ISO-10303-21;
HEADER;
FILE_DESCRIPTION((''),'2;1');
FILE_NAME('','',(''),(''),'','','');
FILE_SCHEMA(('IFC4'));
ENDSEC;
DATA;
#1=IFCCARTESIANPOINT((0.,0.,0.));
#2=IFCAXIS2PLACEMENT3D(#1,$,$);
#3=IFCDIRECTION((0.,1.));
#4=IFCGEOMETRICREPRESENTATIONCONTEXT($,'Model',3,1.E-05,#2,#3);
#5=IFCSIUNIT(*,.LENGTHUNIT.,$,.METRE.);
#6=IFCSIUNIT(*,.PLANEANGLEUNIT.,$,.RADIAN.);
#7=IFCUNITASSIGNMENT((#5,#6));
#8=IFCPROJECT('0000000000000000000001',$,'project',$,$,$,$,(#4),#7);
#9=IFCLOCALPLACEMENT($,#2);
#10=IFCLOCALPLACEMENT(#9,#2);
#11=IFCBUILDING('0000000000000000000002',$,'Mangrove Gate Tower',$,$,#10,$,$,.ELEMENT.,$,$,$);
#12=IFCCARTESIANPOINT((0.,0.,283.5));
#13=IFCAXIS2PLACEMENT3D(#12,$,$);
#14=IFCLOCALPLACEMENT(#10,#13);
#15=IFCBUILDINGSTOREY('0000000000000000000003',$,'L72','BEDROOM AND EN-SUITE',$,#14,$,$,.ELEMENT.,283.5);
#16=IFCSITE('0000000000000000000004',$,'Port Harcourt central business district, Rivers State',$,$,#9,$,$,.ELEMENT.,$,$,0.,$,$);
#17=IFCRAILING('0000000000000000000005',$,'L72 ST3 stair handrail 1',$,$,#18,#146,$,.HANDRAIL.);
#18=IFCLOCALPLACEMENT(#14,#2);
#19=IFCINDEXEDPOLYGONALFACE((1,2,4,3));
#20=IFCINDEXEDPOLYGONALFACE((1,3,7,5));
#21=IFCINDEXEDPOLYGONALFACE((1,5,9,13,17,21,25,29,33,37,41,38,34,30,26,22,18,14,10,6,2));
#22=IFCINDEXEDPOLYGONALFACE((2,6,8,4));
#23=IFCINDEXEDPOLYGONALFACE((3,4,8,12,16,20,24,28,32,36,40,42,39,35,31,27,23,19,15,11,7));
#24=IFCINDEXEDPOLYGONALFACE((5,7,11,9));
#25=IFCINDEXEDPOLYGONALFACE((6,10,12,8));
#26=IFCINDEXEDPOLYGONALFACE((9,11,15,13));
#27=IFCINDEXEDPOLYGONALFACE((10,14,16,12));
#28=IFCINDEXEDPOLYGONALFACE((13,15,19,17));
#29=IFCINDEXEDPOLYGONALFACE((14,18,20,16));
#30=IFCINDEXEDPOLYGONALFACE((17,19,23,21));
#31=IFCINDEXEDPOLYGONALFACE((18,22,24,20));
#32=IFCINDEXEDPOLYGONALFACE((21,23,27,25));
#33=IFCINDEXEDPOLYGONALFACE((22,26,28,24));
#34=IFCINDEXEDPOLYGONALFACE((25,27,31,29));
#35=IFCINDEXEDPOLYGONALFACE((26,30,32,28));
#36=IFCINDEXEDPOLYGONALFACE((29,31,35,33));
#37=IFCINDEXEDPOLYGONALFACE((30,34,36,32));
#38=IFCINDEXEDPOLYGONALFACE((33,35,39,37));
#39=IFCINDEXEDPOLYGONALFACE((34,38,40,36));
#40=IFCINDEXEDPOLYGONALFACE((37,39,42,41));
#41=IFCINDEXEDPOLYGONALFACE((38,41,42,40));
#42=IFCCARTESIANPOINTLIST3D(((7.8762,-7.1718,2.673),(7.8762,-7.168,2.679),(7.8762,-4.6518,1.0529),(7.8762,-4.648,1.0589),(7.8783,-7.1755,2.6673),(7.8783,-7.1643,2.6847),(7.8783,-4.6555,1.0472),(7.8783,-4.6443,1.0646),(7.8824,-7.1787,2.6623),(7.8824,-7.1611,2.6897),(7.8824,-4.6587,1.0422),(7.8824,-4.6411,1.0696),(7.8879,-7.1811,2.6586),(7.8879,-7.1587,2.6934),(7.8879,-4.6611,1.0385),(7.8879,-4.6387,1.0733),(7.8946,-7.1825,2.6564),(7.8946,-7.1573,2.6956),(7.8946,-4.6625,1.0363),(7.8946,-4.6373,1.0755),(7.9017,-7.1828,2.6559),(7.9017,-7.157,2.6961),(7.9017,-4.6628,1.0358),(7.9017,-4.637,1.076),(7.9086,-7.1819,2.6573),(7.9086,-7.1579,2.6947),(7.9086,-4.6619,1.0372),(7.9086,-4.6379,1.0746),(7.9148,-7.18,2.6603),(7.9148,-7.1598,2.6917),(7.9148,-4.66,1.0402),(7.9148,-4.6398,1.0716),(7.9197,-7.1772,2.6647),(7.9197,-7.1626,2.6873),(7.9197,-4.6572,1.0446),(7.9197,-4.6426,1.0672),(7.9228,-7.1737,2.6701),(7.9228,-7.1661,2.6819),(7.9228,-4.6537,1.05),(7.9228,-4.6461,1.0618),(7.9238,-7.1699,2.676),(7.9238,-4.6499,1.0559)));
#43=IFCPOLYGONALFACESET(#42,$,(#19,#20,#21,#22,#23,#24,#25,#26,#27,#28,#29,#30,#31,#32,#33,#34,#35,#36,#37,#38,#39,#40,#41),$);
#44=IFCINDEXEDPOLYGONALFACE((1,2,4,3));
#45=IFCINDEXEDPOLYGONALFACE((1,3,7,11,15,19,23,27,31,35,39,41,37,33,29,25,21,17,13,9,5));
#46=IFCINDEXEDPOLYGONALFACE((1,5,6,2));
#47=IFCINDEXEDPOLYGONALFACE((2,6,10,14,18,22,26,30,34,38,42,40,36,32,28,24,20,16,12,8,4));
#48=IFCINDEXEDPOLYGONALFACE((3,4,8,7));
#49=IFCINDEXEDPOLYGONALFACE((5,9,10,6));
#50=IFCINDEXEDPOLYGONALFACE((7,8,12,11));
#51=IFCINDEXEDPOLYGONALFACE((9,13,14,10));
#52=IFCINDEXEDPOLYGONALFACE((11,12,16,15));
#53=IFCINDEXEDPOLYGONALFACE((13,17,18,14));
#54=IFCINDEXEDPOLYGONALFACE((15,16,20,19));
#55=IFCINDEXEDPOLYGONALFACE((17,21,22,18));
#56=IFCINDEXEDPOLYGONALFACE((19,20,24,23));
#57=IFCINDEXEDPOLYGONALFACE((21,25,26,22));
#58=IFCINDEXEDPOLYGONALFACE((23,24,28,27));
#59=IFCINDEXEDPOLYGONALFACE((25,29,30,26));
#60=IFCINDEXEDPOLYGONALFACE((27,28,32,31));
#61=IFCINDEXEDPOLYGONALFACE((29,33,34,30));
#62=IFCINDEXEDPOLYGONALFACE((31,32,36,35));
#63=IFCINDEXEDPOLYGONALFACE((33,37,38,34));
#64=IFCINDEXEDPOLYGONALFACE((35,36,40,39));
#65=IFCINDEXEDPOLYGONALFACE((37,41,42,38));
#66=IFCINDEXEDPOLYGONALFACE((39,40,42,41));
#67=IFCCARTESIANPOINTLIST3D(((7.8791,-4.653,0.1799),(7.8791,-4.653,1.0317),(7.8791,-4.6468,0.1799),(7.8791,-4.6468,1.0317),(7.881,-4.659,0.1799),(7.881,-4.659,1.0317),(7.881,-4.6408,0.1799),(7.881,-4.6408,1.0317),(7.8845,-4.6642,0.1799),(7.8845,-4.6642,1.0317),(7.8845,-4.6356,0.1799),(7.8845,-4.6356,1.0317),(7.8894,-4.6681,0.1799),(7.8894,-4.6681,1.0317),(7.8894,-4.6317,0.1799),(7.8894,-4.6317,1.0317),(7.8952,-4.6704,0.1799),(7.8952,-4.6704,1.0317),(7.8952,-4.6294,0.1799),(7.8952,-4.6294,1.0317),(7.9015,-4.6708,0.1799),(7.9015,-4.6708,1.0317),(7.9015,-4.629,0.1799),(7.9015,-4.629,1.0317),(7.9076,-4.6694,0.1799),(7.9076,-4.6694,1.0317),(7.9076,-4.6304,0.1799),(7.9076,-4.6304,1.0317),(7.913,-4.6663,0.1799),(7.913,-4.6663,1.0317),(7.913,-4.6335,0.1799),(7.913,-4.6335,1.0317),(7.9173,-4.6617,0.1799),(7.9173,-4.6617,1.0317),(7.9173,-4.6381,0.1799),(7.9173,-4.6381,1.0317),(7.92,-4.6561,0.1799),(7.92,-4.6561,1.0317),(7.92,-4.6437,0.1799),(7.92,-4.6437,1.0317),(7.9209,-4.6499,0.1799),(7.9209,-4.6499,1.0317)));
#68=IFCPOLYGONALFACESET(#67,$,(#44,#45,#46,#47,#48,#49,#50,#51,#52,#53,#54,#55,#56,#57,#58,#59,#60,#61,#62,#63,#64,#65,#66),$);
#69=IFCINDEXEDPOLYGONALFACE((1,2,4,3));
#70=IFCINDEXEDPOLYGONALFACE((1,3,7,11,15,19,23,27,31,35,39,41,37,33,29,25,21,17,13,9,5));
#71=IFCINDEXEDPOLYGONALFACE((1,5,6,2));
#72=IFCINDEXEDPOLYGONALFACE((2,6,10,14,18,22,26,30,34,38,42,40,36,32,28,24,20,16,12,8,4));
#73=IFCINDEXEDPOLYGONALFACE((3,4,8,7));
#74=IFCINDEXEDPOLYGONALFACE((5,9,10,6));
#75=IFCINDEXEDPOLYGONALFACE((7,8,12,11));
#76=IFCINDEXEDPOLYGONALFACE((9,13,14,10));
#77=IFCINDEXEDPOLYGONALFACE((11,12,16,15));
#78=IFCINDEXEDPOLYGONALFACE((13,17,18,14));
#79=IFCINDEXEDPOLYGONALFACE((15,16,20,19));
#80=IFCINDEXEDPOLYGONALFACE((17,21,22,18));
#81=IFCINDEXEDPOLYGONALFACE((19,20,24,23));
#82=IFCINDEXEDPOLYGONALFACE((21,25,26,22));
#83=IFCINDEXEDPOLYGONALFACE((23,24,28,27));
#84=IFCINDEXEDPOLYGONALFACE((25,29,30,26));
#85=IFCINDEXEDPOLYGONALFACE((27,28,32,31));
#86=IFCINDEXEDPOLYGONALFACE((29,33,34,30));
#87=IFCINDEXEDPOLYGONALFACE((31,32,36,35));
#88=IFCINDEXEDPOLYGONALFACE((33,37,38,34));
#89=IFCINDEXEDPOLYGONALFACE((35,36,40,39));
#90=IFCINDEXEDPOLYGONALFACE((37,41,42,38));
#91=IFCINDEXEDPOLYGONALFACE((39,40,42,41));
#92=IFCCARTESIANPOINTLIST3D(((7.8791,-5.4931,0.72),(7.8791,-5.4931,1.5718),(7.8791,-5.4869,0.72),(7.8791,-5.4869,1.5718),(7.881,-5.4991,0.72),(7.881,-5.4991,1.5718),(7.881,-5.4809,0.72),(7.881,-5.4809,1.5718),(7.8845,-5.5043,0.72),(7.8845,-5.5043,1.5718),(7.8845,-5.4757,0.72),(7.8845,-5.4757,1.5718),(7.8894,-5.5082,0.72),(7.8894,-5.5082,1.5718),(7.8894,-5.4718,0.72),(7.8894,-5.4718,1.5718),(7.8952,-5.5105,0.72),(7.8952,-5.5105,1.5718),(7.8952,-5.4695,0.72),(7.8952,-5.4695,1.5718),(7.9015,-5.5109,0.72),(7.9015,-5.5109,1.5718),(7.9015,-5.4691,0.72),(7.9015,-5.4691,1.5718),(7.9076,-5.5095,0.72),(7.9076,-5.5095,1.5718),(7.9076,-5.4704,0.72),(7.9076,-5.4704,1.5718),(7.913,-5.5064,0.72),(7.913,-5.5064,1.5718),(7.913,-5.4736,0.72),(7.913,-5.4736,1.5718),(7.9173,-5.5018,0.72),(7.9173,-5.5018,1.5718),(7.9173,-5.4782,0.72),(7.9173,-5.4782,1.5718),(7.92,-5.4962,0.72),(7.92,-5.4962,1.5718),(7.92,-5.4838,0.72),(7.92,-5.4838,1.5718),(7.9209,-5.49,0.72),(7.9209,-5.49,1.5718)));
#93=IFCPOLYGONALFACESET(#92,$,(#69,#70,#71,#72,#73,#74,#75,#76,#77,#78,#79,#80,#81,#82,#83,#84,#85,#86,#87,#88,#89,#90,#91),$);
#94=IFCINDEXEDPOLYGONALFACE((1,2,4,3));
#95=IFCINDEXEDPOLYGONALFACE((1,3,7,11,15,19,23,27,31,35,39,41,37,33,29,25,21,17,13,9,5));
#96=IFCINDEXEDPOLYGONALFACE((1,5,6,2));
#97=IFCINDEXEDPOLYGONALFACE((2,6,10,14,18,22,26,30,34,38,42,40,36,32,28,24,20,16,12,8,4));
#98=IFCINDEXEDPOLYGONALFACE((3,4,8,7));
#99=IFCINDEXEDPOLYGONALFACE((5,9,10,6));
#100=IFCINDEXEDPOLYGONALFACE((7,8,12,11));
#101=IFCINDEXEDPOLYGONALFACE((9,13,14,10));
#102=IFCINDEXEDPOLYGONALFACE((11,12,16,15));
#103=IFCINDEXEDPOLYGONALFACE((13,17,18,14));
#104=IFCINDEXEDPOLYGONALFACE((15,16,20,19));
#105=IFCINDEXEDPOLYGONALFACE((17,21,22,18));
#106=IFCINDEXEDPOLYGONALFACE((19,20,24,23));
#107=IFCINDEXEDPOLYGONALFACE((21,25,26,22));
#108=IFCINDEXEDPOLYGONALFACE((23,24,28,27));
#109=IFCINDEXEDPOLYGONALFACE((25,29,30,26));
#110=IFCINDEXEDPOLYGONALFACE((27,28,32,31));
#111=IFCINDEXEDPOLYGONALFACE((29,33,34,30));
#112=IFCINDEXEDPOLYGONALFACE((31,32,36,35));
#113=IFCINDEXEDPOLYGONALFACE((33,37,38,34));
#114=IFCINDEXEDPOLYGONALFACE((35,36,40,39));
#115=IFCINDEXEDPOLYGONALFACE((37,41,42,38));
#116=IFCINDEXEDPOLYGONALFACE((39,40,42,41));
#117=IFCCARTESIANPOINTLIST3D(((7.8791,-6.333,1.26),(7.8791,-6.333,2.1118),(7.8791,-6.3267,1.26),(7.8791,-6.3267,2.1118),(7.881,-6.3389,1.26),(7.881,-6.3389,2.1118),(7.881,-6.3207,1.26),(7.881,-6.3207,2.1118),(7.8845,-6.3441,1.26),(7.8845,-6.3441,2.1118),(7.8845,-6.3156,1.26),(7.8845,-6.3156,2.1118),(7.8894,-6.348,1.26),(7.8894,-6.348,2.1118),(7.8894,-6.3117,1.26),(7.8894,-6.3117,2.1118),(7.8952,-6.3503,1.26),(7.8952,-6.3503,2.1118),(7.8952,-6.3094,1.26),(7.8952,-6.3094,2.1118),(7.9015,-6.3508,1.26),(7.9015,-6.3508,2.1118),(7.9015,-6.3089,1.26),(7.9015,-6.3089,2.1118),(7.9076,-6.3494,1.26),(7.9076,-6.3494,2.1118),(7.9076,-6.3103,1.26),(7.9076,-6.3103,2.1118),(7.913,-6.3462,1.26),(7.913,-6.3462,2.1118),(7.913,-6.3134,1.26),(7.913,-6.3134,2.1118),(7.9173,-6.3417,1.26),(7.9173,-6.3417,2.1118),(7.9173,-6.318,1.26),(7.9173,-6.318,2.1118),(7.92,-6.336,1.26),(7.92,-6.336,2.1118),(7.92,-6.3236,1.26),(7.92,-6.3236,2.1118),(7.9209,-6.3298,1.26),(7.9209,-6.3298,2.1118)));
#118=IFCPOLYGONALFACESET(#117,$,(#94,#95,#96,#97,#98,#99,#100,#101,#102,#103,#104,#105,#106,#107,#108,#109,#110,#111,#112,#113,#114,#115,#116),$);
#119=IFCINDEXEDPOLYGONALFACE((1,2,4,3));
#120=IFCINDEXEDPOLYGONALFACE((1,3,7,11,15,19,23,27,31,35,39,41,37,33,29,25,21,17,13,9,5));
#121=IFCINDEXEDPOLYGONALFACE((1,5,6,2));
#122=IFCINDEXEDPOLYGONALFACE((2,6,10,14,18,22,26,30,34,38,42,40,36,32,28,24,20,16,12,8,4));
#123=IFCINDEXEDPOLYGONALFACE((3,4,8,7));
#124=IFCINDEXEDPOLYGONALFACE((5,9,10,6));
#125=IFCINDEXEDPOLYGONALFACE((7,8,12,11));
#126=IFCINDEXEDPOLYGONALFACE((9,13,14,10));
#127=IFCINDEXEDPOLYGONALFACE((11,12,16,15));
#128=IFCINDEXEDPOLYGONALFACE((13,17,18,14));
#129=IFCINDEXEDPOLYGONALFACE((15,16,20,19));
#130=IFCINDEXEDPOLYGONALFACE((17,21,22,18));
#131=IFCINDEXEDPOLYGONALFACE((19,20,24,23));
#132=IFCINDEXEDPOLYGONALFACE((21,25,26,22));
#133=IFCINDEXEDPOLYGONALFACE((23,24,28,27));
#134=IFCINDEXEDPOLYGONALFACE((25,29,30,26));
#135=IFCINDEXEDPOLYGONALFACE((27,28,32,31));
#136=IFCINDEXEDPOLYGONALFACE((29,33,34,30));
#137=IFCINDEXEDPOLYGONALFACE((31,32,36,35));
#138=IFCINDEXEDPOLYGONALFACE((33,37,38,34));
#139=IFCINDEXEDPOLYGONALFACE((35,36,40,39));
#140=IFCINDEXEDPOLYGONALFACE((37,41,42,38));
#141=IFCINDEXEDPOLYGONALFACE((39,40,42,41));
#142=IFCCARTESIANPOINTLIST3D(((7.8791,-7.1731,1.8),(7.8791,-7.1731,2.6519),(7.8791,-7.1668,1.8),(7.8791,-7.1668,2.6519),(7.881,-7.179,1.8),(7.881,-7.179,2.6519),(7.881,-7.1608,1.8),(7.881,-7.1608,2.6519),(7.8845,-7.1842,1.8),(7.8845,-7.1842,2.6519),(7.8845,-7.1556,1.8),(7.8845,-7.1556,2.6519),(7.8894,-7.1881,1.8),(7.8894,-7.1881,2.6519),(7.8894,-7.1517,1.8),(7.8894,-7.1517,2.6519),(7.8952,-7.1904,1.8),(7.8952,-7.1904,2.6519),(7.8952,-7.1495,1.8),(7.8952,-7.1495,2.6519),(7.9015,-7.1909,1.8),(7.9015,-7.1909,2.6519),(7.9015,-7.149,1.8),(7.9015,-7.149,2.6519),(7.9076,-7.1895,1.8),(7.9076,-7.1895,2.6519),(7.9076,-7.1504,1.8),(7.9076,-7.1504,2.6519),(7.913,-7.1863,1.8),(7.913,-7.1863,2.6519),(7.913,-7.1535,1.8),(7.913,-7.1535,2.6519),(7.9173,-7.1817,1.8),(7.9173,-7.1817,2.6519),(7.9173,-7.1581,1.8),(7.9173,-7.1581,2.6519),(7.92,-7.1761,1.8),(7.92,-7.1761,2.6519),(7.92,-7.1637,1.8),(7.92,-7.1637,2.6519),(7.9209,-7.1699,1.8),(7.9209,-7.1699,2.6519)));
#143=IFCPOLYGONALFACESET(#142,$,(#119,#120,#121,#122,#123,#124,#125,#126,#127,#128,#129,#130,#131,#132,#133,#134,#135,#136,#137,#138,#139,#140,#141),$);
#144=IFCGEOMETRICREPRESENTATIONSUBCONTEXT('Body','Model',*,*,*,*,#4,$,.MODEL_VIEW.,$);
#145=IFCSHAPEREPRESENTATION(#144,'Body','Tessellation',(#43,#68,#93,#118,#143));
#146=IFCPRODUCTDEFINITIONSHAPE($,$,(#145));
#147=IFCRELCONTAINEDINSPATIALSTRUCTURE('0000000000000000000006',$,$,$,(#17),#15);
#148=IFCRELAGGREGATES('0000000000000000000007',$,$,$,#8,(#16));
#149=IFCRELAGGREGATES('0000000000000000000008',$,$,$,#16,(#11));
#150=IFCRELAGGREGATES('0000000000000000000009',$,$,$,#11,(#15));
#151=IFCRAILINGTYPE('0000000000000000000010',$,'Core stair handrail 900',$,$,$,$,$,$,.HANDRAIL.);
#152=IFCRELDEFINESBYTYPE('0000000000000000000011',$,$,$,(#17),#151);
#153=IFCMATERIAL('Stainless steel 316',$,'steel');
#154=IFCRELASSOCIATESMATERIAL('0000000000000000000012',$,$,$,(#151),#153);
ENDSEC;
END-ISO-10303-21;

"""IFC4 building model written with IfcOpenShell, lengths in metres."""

from ifc_helpers import new_model, si_unit, direction, frame, origin, origin_2d, place, context, subcontext, project, spatial, circle, extrude, material, type_object, element, save


model = new_model("IFC4")

# Units and contexts
model_context = context("Model", 3, precision=1e-05, world=origin(), true_north=direction((0.0, 1.0)))
body_context = subcontext(model_context, "Body", "Model", "MODEL_VIEW")
ifc_project = project(units=[si_unit("LENGTHUNIT", "METRE"), si_unit("PLANEANGLEUNIT", "RADIAN")], contexts=[model_context])

# Site, building, storey
site_placement = place(None, origin())
site = spatial("IfcSite", under=ifc_project, at=site_placement, Name="Port Harcourt central business district, Rivers State", CompositionType="ELEMENT", RefElevation=0.0)
building_placement = place(site_placement, origin())
building = spatial("IfcBuilding", under=site, at=building_placement, Name="Mangrove Gate Tower", CompositionType="ELEMENT")
storey_placement = place(building_placement, frame((0.0, 0.0, 283.5)))
storey = spatial("IfcBuildingStorey", under=building, at=storey_placement, Name="L72", Description="BEDROOM AND EN-SUITE", CompositionType="ELEMENT", Elevation=283.5)

# Railing
ifc_material_1 = material(Name="Stainless steel 316", Category="steel")
railing_type_1 = type_object("IfcRailingType", Name="Core stair handrail 900", PredefinedType="HANDRAIL", material=ifc_material_1)
railing_1_placement = place(storey_placement, frame((7.8999, -4.6499, 0.1799)))
element("IfcRailing", 1, at=railing_1_placement, inside=storey, type_object=railing_type_1, Name="L72 ST3 stair handrail 1", PredefinedType="HANDRAIL", context=body_context, shape_type="SweptSolid", body=[
    extrude(circle(Radius=0.0239, at=origin_2d()), frame((0.0, 0.0, 0.876), z_axis=(0.0, -0.841163, 0.540782), x_axis=(1.0, 0.0, 0.0)), (0.0, 0.0, 1.0), 2.9958),
    extrude(circle(Radius=0.021, at=origin_2d()), origin(), (0.0, 0.0, 1.0), 0.8518),
    extrude(circle(Radius=0.021, at=origin_2d()), frame((0.0, -0.8401, 0.54)), (0.0, 0.0, 1.0), 0.8518),
    extrude(circle(Radius=0.021, at=origin_2d()), frame((0.0, -1.6799, 1.0801)), (0.0, 0.0, 1.0), 0.8518),
    extrude(circle(Radius=0.021, at=origin_2d()), frame((0.0, -2.52, 1.6201)), (0.0, 0.0, 1.0), 0.8518),
])

save(model, "model.ifc")
